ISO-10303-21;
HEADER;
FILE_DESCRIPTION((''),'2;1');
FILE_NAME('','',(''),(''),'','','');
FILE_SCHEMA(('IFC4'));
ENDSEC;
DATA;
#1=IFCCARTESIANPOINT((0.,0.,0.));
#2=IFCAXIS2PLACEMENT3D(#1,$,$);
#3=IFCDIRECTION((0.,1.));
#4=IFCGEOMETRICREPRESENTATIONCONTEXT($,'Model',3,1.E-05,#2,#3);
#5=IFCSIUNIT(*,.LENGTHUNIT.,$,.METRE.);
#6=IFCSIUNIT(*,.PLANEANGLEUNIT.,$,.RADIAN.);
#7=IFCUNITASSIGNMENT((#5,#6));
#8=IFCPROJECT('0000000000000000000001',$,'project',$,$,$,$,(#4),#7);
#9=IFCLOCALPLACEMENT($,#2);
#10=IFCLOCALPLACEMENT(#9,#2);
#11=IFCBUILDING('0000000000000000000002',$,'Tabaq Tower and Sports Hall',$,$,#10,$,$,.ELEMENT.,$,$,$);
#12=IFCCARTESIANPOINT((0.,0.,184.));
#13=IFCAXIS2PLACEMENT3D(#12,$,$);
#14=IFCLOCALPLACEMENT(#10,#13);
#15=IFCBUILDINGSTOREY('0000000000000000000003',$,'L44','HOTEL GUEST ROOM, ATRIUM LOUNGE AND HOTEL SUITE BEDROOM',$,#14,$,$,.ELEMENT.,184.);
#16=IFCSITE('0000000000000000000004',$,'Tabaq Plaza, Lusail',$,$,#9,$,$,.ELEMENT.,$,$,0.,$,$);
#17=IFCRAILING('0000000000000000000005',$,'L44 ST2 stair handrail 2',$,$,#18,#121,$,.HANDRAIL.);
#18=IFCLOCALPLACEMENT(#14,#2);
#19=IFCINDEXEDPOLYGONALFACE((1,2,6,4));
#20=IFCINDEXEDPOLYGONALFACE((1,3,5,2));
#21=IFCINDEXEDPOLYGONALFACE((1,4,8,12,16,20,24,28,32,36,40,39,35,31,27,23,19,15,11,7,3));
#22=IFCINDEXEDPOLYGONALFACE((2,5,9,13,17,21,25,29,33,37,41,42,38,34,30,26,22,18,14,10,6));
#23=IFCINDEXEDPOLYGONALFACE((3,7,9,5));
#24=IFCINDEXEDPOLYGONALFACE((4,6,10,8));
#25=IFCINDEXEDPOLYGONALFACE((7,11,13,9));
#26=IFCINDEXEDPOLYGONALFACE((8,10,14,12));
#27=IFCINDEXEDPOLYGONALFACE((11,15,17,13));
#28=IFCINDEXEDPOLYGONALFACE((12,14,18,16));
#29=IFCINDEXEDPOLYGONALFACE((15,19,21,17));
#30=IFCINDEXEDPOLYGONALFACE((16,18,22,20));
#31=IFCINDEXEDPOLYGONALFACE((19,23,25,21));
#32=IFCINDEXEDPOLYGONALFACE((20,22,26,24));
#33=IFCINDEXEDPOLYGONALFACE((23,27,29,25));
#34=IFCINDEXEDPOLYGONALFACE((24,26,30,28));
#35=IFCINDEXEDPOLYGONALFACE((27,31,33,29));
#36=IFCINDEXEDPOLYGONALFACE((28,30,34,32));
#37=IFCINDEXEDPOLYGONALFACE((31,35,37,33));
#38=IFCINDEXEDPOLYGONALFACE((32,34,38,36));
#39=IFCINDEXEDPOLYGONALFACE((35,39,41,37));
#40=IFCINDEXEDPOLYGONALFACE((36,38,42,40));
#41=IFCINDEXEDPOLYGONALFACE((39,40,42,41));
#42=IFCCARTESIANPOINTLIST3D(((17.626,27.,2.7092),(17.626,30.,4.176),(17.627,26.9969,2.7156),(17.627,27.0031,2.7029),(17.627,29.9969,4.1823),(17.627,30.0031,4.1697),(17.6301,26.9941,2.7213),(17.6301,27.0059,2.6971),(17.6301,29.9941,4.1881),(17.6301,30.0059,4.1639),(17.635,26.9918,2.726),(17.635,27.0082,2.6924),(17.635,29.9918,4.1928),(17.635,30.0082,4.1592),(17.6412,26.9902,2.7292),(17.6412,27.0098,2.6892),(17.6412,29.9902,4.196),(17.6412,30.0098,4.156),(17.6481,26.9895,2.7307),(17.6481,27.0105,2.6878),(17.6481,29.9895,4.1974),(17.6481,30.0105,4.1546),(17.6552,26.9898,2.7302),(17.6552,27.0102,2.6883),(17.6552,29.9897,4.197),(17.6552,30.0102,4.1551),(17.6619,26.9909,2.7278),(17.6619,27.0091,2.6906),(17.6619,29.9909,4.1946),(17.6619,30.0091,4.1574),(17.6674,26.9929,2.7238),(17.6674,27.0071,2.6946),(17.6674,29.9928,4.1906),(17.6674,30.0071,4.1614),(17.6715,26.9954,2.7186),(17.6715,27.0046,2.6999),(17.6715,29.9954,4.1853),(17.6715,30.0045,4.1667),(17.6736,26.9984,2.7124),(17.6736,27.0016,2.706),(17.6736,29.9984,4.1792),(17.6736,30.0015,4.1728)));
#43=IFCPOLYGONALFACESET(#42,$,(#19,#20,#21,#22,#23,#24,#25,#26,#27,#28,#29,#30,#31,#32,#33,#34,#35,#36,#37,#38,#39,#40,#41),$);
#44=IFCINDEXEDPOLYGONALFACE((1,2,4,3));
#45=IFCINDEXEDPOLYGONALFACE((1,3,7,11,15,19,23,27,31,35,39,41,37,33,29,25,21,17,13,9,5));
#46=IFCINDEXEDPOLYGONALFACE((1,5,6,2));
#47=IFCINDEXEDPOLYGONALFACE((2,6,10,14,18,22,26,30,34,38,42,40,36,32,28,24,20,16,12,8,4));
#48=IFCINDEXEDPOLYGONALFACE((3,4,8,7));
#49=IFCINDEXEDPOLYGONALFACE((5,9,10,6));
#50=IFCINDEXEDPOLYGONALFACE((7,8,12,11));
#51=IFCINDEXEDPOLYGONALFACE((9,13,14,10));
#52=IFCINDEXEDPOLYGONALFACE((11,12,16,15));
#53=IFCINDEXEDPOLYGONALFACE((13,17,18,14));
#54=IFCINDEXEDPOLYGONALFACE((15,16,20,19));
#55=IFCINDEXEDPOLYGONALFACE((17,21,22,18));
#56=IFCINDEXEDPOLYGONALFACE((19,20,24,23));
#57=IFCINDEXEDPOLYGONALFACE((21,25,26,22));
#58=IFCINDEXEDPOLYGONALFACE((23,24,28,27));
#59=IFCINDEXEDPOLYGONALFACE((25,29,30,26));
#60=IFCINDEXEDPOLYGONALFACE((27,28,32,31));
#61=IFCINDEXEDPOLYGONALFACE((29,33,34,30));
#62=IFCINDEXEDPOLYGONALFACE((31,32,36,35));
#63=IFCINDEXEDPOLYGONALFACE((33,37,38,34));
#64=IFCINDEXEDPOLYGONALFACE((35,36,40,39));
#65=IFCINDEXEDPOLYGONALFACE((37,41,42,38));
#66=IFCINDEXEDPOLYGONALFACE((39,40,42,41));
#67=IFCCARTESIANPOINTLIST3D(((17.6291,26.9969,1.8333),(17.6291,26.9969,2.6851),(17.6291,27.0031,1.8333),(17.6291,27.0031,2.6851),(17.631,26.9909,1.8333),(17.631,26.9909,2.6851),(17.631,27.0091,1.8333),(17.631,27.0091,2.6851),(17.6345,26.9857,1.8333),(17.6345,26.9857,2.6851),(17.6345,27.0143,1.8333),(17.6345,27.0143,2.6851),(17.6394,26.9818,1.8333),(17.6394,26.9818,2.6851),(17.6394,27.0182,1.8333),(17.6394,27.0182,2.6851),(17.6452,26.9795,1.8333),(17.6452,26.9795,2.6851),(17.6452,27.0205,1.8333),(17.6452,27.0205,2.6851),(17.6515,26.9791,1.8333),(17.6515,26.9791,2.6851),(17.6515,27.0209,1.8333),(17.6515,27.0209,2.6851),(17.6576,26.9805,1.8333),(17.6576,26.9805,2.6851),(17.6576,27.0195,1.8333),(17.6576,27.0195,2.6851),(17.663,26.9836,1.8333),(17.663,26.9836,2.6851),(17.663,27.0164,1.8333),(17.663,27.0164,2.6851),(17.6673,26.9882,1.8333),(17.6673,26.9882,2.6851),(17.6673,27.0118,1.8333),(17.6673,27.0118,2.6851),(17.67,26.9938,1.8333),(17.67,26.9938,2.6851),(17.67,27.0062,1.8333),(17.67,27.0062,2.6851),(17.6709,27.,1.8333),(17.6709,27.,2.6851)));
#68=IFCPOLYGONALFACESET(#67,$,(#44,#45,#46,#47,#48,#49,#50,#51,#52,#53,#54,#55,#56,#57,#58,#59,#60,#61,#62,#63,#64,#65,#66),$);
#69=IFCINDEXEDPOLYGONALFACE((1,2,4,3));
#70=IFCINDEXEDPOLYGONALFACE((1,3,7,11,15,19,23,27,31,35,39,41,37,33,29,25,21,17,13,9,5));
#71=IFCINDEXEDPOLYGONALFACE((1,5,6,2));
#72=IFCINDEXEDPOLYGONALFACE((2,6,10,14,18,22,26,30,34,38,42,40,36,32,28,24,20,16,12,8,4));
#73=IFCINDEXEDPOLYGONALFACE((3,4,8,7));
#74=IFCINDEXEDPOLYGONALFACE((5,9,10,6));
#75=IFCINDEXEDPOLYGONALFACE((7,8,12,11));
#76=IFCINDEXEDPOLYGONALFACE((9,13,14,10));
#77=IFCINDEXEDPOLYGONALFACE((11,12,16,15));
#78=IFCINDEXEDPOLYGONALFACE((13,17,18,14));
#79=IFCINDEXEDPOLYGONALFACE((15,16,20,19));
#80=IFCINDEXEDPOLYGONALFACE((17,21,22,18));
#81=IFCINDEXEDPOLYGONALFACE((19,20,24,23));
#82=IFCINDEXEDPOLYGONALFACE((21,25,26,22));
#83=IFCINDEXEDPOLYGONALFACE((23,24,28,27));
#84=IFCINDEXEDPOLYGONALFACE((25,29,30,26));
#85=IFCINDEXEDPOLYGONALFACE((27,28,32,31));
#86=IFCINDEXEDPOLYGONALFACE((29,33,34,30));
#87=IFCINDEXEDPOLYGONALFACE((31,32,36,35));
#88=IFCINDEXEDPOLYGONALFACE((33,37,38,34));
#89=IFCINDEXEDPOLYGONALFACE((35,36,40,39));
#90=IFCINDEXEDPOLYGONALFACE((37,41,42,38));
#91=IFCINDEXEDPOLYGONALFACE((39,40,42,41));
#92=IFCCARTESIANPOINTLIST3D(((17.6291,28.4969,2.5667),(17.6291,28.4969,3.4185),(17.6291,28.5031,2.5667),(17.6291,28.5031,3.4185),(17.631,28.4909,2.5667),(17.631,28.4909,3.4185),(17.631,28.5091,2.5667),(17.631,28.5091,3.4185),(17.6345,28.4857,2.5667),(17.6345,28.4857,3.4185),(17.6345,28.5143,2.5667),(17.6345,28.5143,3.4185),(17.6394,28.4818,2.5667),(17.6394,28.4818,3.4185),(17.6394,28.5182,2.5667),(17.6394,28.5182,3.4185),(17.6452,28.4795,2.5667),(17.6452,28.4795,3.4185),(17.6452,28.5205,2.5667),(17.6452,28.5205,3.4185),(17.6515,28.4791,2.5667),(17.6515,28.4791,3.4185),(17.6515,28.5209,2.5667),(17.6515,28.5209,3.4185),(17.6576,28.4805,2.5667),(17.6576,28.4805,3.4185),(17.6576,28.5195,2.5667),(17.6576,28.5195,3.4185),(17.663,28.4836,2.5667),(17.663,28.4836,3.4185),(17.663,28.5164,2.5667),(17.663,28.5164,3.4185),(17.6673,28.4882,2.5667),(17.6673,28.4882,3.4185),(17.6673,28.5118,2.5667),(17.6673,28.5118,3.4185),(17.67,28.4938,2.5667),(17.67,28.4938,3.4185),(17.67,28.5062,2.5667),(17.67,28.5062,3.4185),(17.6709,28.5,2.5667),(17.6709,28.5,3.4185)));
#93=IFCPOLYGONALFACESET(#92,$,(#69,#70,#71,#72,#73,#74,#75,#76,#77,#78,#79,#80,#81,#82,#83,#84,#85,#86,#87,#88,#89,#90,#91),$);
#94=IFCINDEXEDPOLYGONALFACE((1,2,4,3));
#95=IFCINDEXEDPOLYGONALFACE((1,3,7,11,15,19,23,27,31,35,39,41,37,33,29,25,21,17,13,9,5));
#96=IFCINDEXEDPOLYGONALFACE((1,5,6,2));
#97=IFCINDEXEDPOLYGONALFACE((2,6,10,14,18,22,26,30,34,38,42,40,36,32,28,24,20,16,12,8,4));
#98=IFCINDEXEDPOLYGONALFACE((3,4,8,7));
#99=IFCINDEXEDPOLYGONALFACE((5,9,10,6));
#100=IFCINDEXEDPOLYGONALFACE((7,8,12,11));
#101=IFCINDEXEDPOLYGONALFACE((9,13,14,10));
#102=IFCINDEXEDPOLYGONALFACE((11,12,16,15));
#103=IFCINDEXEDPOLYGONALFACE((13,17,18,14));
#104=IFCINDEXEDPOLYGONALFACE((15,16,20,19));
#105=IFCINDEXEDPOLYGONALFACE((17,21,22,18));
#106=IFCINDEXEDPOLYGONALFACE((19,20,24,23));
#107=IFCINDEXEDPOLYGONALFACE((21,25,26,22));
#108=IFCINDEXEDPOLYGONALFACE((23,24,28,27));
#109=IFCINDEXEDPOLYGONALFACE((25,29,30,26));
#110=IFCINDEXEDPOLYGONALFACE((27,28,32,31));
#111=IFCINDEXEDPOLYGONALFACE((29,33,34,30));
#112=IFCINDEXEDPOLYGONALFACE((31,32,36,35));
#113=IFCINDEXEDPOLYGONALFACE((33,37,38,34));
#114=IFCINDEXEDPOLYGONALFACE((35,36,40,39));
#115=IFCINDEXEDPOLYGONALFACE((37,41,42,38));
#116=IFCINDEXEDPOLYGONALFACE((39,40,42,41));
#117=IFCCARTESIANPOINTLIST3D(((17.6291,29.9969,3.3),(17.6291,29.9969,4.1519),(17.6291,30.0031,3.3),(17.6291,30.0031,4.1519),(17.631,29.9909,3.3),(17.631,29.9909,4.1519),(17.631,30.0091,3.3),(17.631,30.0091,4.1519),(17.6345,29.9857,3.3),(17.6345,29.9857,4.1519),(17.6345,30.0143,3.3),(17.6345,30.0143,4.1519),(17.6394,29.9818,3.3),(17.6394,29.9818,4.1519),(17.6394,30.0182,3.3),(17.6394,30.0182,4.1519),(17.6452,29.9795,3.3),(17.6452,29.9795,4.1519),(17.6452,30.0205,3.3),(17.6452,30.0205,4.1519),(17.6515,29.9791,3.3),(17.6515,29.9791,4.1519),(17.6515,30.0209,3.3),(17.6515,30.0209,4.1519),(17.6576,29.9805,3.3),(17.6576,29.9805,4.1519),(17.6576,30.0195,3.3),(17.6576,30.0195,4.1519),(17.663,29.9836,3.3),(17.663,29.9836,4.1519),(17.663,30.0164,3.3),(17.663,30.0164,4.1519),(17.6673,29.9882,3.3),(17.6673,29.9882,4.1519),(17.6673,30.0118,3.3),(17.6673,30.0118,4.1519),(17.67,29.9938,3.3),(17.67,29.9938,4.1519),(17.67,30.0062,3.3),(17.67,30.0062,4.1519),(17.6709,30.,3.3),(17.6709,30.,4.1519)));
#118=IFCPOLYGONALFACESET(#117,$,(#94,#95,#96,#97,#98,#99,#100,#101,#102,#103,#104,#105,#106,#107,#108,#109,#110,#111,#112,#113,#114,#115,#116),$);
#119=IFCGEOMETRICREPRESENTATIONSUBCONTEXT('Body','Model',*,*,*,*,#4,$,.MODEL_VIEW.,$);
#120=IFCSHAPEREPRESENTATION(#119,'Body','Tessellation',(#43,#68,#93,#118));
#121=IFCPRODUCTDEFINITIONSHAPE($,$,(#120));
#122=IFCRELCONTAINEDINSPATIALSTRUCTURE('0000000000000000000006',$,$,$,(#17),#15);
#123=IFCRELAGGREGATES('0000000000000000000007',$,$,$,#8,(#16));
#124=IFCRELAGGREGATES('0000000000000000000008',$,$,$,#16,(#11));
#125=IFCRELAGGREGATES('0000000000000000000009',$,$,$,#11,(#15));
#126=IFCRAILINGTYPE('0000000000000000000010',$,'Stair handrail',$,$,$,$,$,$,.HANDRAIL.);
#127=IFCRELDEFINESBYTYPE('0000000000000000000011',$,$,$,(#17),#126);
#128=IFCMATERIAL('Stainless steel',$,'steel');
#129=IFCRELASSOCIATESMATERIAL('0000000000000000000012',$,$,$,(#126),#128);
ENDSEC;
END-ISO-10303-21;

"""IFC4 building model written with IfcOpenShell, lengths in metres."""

from ifc_helpers import new_model, si_unit, direction, frame, origin, origin_2d, place, context, subcontext, project, spatial, circle, extrude, material, type_object, element, save


model = new_model("IFC4")

# Units and contexts
model_context = context("Model", 3, precision=1e-05, world=origin(), true_north=direction((0.0, 1.0)))
body_context = subcontext(model_context, "Body", "Model", "MODEL_VIEW")
ifc_project = project(units=[si_unit("LENGTHUNIT", "METRE"), si_unit("PLANEANGLEUNIT", "RADIAN")], contexts=[model_context])

# Site, building, storey
site_placement = place(None, origin())
site = spatial("IfcSite", under=ifc_project, at=site_placement, Name="Tabaq Plaza, Lusail", CompositionType="ELEMENT", RefElevation=0.0)
building_placement = place(site_placement, origin())
building = spatial("IfcBuilding", under=site, at=building_placement, Name="Tabaq Tower and Sports Hall", CompositionType="ELEMENT")
storey_placement = place(building_placement, frame((0.0, 0.0, 184.0)))
storey = spatial("IfcBuildingStorey", under=building, at=storey_placement, Name="L44", Description="HOTEL GUEST ROOM, ATRIUM LOUNGE AND HOTEL SUITE BEDROOM", CompositionType="ELEMENT", Elevation=184.0)

# Railing
ifc_material_1 = material(Name="Stainless steel", Category="steel")
railing_type_1 = type_object("IfcRailingType", Name="Stair handrail", PredefinedType="HANDRAIL", material=ifc_material_1)
railing_1_placement = place(storey_placement, frame((17.6499, 27.0, 1.8333)))
element("IfcRailing", 1, at=railing_1_placement, inside=storey, type_object=railing_type_1, Name="L44 ST2 stair handrail 2", PredefinedType="HANDRAIL", context=body_context, shape_type="SweptSolid", body=[
    extrude(circle(Radius=0.0239, at=origin_2d()), frame((0.0, 0.0, 0.876), z_axis=(0.0, 0.898369, 0.439242), x_axis=(-1.0, 0.0, 0.0)), (0.0, 0.0, 1.0), 3.3394),
    extrude(circle(Radius=0.021, at=origin_2d()), origin(), (0.0, 0.0, 1.0), 0.8518),
    extrude(circle(Radius=0.021, at=origin_2d()), frame((0.0, 1.5, 0.7334)), (0.0, 0.0, 1.0), 0.8518),
    extrude(circle(Radius=0.021, at=origin_2d()), frame((0.0, 3.0, 1.4668)), (0.0, 0.0, 1.0), 0.8518),
])

save(model, "model.ifc")
